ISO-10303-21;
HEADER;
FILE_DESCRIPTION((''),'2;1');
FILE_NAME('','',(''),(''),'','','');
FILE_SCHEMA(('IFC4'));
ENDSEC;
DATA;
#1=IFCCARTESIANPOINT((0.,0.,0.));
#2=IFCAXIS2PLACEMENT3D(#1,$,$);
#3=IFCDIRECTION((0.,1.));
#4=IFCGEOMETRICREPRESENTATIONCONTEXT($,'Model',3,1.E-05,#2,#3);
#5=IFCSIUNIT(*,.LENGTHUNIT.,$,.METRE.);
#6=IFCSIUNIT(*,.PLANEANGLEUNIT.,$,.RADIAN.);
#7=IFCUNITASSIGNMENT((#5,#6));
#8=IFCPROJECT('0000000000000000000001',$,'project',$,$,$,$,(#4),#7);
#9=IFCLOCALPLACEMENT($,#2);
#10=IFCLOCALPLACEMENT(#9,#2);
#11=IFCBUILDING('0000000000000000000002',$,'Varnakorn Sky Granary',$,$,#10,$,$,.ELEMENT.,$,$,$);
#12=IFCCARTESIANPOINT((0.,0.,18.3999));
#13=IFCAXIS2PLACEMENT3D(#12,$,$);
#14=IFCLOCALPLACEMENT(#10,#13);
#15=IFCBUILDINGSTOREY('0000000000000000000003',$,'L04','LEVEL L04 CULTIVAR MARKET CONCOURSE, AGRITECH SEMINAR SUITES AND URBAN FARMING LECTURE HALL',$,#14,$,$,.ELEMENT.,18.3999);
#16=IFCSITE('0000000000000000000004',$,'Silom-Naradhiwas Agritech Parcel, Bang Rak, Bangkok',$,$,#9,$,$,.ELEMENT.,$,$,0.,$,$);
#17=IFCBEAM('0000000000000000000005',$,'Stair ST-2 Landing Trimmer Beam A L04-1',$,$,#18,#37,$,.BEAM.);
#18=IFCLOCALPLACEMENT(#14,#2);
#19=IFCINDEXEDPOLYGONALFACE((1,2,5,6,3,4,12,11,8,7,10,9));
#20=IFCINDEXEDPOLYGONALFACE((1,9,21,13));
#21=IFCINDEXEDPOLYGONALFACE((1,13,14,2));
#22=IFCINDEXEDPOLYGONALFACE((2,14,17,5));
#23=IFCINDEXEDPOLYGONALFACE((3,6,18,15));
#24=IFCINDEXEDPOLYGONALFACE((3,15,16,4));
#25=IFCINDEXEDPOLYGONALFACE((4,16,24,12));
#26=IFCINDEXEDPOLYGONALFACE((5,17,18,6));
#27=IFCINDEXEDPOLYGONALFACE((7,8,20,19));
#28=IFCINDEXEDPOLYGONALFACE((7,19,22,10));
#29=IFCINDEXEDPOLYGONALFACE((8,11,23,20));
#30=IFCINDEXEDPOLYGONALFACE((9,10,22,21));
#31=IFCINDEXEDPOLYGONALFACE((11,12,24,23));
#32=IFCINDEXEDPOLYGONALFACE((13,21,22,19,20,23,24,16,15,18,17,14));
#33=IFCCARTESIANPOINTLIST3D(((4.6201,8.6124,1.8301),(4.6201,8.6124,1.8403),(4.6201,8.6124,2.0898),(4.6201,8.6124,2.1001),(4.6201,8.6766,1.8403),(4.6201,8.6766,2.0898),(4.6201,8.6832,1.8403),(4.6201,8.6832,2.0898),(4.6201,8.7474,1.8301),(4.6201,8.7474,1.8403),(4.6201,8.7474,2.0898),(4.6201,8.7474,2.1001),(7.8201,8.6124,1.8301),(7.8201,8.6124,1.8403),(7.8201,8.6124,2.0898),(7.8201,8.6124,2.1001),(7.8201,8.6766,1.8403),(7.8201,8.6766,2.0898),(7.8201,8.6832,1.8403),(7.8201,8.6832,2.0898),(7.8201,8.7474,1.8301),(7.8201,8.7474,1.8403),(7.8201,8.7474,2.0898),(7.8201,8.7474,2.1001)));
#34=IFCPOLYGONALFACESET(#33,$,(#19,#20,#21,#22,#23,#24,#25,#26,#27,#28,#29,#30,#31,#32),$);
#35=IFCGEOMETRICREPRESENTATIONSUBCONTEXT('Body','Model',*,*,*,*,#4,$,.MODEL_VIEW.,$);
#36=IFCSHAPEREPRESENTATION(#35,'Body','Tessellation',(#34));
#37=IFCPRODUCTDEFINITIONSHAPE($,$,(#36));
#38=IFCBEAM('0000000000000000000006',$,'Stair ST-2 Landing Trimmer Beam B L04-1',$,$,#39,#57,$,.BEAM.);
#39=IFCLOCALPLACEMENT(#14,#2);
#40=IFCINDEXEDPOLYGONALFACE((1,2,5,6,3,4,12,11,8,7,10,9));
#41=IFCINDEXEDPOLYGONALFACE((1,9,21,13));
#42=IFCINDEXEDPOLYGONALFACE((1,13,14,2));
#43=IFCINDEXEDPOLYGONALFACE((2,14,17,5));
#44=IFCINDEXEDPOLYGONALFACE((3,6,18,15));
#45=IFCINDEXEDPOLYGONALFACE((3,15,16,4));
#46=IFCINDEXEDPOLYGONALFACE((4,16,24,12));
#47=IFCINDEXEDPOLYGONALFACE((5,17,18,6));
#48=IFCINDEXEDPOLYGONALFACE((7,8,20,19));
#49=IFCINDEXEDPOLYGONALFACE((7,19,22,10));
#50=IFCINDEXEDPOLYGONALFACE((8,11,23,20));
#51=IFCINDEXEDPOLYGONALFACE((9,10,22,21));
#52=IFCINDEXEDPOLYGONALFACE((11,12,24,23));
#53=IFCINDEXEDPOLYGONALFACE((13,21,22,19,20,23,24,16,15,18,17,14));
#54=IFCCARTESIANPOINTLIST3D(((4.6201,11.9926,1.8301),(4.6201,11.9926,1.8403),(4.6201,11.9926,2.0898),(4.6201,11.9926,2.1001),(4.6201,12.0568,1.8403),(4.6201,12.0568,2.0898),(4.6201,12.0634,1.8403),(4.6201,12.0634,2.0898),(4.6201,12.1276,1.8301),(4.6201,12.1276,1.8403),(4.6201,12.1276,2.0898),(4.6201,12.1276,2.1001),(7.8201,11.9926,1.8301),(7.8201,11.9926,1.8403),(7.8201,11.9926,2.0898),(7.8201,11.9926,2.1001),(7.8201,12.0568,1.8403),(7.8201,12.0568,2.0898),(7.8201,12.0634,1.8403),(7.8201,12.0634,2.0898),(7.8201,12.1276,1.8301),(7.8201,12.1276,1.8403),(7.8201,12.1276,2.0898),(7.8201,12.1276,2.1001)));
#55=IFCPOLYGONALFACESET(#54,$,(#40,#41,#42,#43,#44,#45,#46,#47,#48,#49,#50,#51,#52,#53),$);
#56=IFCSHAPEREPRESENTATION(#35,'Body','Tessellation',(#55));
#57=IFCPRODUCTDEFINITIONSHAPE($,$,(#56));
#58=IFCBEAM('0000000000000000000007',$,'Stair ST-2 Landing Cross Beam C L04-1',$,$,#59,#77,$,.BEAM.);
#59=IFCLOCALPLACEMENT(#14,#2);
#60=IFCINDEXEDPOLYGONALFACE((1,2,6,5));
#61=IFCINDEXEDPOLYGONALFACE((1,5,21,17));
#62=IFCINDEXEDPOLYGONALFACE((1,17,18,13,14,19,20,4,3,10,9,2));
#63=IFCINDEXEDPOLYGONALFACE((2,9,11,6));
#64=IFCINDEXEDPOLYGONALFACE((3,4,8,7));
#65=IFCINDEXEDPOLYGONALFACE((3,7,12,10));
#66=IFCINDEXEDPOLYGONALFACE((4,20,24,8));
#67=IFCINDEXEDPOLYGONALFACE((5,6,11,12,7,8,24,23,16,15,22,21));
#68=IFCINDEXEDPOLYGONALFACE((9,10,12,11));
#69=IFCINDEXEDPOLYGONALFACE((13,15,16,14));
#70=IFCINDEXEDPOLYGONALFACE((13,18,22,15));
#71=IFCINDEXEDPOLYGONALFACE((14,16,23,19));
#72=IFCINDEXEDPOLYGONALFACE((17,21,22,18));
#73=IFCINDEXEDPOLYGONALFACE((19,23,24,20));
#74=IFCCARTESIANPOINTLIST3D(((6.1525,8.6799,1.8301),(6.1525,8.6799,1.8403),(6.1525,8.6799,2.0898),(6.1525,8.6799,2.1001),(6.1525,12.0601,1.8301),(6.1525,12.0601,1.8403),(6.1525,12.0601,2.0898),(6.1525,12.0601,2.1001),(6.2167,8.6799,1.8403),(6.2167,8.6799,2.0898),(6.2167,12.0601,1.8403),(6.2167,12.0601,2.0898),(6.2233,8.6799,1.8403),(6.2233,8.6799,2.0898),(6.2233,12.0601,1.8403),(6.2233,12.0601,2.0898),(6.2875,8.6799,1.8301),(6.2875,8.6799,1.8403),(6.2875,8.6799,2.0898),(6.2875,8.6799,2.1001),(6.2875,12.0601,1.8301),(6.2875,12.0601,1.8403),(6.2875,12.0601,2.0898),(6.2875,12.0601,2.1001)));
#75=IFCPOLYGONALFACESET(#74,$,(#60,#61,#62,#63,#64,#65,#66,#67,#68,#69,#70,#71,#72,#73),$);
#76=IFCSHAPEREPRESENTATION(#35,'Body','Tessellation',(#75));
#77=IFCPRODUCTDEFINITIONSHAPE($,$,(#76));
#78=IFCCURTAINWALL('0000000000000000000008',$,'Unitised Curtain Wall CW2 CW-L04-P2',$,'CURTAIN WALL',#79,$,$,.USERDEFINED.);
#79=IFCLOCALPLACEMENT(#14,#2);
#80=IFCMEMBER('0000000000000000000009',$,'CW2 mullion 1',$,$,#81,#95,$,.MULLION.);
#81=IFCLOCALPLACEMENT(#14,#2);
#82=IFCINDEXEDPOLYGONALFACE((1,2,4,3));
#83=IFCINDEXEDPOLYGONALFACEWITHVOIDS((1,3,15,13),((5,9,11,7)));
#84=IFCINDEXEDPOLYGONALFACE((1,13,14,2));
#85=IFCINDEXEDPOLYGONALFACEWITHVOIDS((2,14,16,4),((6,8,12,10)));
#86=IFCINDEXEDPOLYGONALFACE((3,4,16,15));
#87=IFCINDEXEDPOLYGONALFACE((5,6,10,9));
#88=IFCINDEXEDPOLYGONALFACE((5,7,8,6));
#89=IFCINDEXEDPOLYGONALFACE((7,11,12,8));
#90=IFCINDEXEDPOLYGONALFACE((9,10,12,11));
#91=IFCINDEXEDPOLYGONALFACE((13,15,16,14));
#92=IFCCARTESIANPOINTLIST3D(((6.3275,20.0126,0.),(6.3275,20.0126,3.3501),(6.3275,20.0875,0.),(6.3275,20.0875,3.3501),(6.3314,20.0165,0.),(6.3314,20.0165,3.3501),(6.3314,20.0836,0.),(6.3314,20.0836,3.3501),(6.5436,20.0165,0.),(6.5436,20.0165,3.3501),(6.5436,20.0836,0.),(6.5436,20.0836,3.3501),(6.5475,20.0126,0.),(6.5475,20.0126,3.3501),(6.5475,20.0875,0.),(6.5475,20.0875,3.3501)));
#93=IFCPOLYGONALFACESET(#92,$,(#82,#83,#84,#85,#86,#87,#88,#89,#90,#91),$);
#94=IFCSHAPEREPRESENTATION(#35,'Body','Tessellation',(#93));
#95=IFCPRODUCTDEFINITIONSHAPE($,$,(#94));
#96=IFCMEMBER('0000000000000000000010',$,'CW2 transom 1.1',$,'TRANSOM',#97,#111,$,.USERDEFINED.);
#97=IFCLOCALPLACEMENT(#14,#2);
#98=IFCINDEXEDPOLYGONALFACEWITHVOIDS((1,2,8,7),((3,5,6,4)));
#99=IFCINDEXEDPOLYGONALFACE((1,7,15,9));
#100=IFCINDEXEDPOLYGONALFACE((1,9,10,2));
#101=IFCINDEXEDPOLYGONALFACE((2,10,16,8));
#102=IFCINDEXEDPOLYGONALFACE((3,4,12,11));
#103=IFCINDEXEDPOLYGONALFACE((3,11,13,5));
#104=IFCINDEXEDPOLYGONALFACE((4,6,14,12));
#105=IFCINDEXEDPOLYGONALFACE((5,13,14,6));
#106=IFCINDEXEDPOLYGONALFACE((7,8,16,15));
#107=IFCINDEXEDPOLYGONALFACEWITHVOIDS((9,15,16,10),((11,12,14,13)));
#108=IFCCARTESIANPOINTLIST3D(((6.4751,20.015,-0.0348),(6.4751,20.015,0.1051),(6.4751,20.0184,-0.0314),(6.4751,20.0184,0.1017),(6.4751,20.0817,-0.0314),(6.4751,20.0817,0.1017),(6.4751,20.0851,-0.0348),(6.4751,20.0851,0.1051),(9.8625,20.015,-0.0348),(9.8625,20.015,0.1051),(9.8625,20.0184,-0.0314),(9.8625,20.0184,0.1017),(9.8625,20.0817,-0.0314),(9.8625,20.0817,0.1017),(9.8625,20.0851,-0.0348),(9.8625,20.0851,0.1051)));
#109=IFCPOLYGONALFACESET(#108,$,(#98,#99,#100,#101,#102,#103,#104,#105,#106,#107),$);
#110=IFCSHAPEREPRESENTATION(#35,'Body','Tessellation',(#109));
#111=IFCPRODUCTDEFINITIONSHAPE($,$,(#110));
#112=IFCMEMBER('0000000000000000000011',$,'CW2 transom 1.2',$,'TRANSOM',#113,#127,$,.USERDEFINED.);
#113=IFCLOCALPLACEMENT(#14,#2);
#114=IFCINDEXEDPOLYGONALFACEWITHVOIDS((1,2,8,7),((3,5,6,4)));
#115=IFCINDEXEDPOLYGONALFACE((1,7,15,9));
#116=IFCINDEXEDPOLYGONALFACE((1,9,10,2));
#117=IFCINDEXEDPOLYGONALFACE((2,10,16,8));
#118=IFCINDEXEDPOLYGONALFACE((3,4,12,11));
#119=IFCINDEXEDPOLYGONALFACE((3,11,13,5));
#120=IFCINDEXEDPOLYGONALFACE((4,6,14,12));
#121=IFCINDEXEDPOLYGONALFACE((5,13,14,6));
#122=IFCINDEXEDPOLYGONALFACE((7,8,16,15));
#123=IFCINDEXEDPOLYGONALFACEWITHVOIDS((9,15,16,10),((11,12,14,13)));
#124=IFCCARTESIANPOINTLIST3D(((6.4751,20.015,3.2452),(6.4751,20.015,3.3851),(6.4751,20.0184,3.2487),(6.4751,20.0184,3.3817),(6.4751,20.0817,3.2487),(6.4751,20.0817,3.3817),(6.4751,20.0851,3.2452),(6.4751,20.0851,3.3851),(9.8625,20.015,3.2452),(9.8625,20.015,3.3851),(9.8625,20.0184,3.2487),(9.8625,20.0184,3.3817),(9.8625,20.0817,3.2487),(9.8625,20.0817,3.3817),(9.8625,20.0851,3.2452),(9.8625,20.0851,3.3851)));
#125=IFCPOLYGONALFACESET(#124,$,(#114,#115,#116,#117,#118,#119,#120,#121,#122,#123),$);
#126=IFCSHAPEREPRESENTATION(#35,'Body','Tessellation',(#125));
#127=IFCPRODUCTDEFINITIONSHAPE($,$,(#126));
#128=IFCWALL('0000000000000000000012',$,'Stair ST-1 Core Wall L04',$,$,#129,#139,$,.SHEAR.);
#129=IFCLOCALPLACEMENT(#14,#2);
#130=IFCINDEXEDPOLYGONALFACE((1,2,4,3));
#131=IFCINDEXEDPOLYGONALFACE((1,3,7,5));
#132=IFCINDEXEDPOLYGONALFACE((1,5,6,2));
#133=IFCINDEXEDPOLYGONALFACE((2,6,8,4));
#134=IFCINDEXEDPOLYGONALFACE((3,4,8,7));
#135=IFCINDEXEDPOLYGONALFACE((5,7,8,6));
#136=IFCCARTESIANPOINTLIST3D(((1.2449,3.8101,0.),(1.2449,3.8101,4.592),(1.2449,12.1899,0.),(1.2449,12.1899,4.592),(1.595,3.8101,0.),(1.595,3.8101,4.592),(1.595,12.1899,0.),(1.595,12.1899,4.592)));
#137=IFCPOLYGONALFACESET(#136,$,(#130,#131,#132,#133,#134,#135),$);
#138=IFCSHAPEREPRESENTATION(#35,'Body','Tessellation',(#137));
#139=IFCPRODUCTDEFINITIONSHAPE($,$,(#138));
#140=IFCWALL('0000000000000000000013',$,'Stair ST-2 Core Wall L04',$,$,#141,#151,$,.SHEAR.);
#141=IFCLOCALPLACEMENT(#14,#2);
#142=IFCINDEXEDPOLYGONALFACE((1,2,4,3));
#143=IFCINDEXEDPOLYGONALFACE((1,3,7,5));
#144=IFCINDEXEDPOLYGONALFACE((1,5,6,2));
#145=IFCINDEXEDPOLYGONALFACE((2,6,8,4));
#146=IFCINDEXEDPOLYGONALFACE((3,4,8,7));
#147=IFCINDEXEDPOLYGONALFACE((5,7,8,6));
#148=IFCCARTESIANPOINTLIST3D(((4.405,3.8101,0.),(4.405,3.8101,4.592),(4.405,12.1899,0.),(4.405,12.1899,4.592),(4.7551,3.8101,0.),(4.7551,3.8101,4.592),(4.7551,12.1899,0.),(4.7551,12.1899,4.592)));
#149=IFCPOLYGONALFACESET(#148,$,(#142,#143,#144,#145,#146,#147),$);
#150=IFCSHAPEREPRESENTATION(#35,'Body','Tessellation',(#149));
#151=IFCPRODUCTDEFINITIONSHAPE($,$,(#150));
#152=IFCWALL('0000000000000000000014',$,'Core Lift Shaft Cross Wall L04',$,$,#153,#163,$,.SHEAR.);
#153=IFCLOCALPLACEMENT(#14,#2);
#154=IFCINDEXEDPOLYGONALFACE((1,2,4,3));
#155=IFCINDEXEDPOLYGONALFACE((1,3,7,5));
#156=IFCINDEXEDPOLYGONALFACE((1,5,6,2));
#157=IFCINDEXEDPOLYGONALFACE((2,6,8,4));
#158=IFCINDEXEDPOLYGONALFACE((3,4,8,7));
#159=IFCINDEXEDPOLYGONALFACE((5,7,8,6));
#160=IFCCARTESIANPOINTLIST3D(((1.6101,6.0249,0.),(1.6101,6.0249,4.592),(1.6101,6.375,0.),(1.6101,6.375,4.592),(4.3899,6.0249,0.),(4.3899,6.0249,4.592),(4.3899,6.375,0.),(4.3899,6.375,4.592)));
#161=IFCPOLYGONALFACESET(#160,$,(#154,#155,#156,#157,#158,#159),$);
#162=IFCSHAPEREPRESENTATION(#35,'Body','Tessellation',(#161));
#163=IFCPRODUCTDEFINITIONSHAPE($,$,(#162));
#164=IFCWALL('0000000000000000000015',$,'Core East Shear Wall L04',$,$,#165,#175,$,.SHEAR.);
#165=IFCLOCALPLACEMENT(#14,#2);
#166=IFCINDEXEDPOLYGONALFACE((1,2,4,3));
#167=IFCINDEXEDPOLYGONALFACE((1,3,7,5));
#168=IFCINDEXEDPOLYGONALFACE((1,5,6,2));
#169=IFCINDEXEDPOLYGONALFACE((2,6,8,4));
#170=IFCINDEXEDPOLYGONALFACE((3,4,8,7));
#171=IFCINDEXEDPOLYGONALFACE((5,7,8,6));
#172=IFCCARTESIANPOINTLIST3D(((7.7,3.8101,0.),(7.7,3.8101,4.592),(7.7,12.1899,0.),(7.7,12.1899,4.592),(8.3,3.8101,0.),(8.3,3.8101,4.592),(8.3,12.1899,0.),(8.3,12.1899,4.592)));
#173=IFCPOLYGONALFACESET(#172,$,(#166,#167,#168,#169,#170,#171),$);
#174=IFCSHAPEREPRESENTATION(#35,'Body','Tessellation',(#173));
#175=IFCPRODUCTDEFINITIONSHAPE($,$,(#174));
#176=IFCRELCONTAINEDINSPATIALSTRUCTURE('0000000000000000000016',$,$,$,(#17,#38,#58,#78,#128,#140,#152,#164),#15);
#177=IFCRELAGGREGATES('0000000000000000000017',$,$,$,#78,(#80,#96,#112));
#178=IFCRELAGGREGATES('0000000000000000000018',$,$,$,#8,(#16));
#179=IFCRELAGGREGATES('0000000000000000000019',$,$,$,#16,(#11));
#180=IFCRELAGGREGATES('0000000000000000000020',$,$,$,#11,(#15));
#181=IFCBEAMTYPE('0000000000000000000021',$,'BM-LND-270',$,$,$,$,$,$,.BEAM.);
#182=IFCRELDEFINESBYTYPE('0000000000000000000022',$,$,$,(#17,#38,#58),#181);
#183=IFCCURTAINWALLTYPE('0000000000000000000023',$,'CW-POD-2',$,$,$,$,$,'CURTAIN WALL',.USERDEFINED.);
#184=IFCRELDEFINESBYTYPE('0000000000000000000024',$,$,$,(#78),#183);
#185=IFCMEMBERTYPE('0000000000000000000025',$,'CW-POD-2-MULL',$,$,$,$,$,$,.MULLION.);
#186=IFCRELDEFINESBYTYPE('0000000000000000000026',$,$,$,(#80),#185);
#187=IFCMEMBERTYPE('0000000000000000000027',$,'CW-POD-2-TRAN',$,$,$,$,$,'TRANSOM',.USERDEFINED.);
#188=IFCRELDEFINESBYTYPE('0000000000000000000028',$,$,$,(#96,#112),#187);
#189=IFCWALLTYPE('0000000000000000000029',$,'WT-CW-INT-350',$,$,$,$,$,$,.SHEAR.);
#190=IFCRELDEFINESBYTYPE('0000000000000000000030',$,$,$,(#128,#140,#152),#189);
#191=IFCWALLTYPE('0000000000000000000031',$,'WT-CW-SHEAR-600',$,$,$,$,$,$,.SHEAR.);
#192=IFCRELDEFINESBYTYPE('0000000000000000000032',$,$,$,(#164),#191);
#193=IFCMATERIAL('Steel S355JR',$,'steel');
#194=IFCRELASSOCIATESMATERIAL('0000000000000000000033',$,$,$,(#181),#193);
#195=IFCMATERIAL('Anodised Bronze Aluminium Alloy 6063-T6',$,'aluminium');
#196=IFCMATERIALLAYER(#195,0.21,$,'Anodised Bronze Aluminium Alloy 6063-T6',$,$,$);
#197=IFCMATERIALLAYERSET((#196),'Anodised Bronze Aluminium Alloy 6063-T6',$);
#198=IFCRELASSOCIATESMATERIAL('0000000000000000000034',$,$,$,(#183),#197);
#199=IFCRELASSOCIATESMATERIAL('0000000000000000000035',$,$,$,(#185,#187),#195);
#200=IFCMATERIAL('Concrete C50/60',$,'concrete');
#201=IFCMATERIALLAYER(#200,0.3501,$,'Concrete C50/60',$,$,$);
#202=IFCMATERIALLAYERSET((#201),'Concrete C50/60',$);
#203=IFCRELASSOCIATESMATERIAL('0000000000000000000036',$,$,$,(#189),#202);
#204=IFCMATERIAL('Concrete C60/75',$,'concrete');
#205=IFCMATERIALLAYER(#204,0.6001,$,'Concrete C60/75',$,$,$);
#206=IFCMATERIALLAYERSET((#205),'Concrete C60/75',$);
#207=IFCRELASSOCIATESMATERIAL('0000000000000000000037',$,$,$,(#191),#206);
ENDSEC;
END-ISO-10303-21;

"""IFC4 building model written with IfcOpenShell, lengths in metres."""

from ifc_helpers import new_model, si_unit, direction, frame, frame_2d, origin, origin_2d, place, context, subcontext, project, spatial, rectangle, hollow_rectangle, i_section, extrude, material, layer, layer_set, material_profile, profile_set, type_object, element, aggregate, save


model = new_model("IFC4")

# Units and contexts
model_context = context("Model", 3, precision=1e-05, world=origin(), true_north=direction((0.0, 1.0)))
body_context = subcontext(model_context, "Body", "Model", "MODEL_VIEW")
ifc_project = project(units=[si_unit("LENGTHUNIT", "METRE"), si_unit("PLANEANGLEUNIT", "RADIAN")], contexts=[model_context])

# Site, building, storey
site_placement = place(None, origin())
site = spatial("IfcSite", under=ifc_project, at=site_placement, Name="Silom-Naradhiwas Agritech Parcel, Bang Rak, Bangkok", CompositionType="ELEMENT", RefElevation=0.0)
building_placement = place(site_placement, origin())
building = spatial("IfcBuilding", under=site, at=building_placement, Name="Varnakorn Sky Granary", CompositionType="ELEMENT")
storey_placement = place(building_placement, frame((0.0, 0.0, 18.3999)))
storey = spatial("IfcBuildingStorey", under=building, at=storey_placement, Name="L04", Description="LEVEL L04 CULTIVAR MARKET CONCOURSE, AGRITECH SEMINAR SUITES AND URBAN FARMING LECTURE HALL", CompositionType="ELEMENT", Elevation=18.3999)

# Beams
ifc_material_1 = material(Name="Steel S355JR", Category="steel")
ifc_material_profile_1 = material_profile(ifc_material_1, i_section(OverallWidth=0.135, OverallDepth=0.27, WebThickness=0.0066, FlangeThickness=0.0103, at=origin_2d()), Name="IPE 270")
ifc_profile_set_1 = profile_set([ifc_material_profile_1], Name="Steel S355JR")
beam_type = type_object("IfcBeamType", Name="BM-LND-270", PredefinedType="BEAM", material=ifc_profile_set_1)
for number, where, z_axis, x_axis, name in (
    (1, (4.6201, 8.6799, 1.9651), (1.0, 0.0, 0.0), (0.0, 1.0, 0.0), "Stair ST-2 Landing Trimmer Beam A L04-1"),
    (2, (4.6201, 12.0601, 1.9651), (1.0, 0.0, 0.0), (0.0, 1.0, 0.0), "Stair ST-2 Landing Trimmer Beam B L04-1"),
):
    element("IfcBeam", number, at=place(storey_placement, frame(where, z_axis=z_axis, x_axis=x_axis)), inside=storey, type_object=beam_type, Name=name, PredefinedType="BEAM", context=body_context, shape_type="SweptSolid", body=[
        extrude(i_section(OverallWidth=0.135, OverallDepth=0.27, WebThickness=0.0066, FlangeThickness=0.0103, at=origin_2d()), origin(), (0.0, 0.0, 1.0), 3.2),
    ])
beam_placement = place(storey_placement, frame((6.22, 8.6799, 1.9651), z_axis=(0.0, 1.0, 0.0), x_axis=(-1.0, 0.0, 0.0)))
element("IfcBeam", 3, at=beam_placement, inside=storey, type_object=beam_type, Name="Stair ST-2 Landing Cross Beam C L04-1", PredefinedType="BEAM", context=body_context, shape_type="SweptSolid", body=[
    extrude(i_section(OverallWidth=0.135, OverallDepth=0.27, WebThickness=0.0066, FlangeThickness=0.0103, at=origin_2d()), origin(), (0.0, 0.0, 1.0), 3.3801),
])

# Curtain wall, members
ifc_material_2 = material(Name="Anodised Bronze Aluminium Alloy 6063-T6", Category="aluminium")
ifc_layer_1 = layer(ifc_material_2, 0.21, Name="Anodised Bronze Aluminium Alloy 6063-T6")
ifc_layer_set_1 = layer_set([ifc_layer_1], Name="Anodised Bronze Aluminium Alloy 6063-T6")
curtain_wall_type = type_object("IfcCurtainWallType", Name="CW-POD-2", ElementType="CURTAIN WALL", PredefinedType="USERDEFINED", material=ifc_layer_set_1)
curtain_wall_placement = place(storey_placement, origin())
curtain_wall = element("IfcCurtainWall", 4, at=curtain_wall_placement, inside=storey, type_object=curtain_wall_type, Name="Unitised Curtain Wall CW2 CW-L04-P2", ObjectType="CURTAIN WALL", PredefinedType="USERDEFINED")
ifc_material_profile_2 = material_profile(ifc_material_2, hollow_rectangle(XDim=0.075, YDim=0.22, WallThickness=0.0039, at=origin_2d()), Name="ALU MULL 75x220")
ifc_profile_set_2 = profile_set([ifc_material_profile_2], Name="Anodised Bronze Aluminium Alloy 6063-T6")
member_type_1 = type_object("IfcMemberType", Name="CW-POD-2-MULL", PredefinedType="MULLION", material=ifc_profile_set_2)
member_1_placement = place(storey_placement, frame((6.4375, 20.05, 0.0), z_axis=(0.0, 0.0, 1.0), x_axis=(0.0, 1.0, 0.0)))
member_1 = element("IfcMember", 5, at=member_1_placement, type_object=member_type_1, Name="CW2 mullion 1", PredefinedType="MULLION", context=body_context, shape_type="SweptSolid", body=[
    extrude(hollow_rectangle(XDim=0.075, YDim=0.22, WallThickness=0.0039, at=origin_2d()), origin(), (0.0, 0.0, 1.0), 3.3501),
])
ifc_material_profile_3 = material_profile(ifc_material_2, hollow_rectangle(XDim=0.0701, YDim=0.1399, WallThickness=0.0034, at=origin_2d()), Name="ALU TRAN 70x140")
ifc_profile_set_3 = profile_set([ifc_material_profile_3], Name="Anodised Bronze Aluminium Alloy 6063-T6")
member_type_2 = type_object("IfcMemberType", Name="CW-POD-2-TRAN", ElementType="TRANSOM", PredefinedType="USERDEFINED", material=ifc_profile_set_3)
member_2_placement = place(storey_placement, frame((6.4751, 20.05, 0.0352), z_axis=(1.0, 0.0, 0.0), x_axis=(0.0, 1.0, 0.0)))
member_2 = element("IfcMember", 6, at=member_2_placement, type_object=member_type_2, Name="CW2 transom 1.1", ObjectType="TRANSOM", PredefinedType="USERDEFINED", context=body_context, shape_type="SweptSolid", body=[
    extrude(hollow_rectangle(XDim=0.0701, YDim=0.1399, WallThickness=0.0034, at=origin_2d()), origin(), (0.0, 0.0, 1.0), 3.3875),
])
member_3_placement = place(storey_placement, frame((6.4751, 20.05, 3.3152), z_axis=(1.0, 0.0, 0.0), x_axis=(0.0, 1.0, 0.0)))
member_3 = element("IfcMember", 7, at=member_3_placement, type_object=member_type_2, Name="CW2 transom 1.2", ObjectType="TRANSOM", PredefinedType="USERDEFINED", context=body_context, shape_type="SweptSolid", body=[
    extrude(hollow_rectangle(XDim=0.0701, YDim=0.1399, WallThickness=0.0034, at=origin_2d()), origin(), (0.0, 0.0, 1.0), 3.3875),
])
aggregate(curtain_wall, [member_1, member_2, member_3])

# Walls
ifc_material_3 = material(Name="Concrete C50/60", Category="concrete")
ifc_layer_2 = layer(ifc_material_3, 0.3501, Name="Concrete C50/60")
ifc_layer_set_2 = layer_set([ifc_layer_2], Name="Concrete C50/60")
wall_type_1 = type_object("IfcWallType", Name="WT-CW-INT-350", PredefinedType="SHEAR", material=ifc_layer_set_2)
for number, where, z_axis, x_axis, name in (
    (8, (1.4199, 3.8101, 0.0), (0.0, 0.0, 1.0), (0.0, 1.0, 0.0), "Stair ST-1 Core Wall L04"),
    (9, (4.5801, 3.8101, 0.0), (0.0, 0.0, 1.0), (0.0, 1.0, 0.0), "Stair ST-2 Core Wall L04"),
):
    element("IfcWall", number, at=place(storey_placement, frame(where, z_axis=z_axis, x_axis=x_axis)), inside=storey, type_object=wall_type_1, Name=name, PredefinedType="SHEAR", context=body_context, shape_type="SweptSolid", body=[
        extrude(rectangle(XDim=8.3799, YDim=0.3501, at=frame_2d((4.1899, 0.0))), origin(), (0.0, 0.0, 1.0), 4.592),
    ])
wall_1_placement = place(storey_placement, frame((1.6101, 6.2, 0.0), z_axis=(0.0, 0.0, 1.0), x_axis=(1.0, 0.0, 0.0)))
element("IfcWall", 10, at=wall_1_placement, inside=storey, type_object=wall_type_1, Name="Core Lift Shaft Cross Wall L04", PredefinedType="SHEAR", context=body_context, shape_type="SweptSolid", body=[
    extrude(rectangle(XDim=2.7798, YDim=0.3501, at=frame_2d((1.3899, 0.0))), origin(), (0.0, 0.0, 1.0), 4.592),
])
ifc_material_4 = material(Name="Concrete C60/75", Category="concrete")
ifc_layer_3 = layer(ifc_material_4, 0.6001, Name="Concrete C60/75")
ifc_layer_set_3 = layer_set([ifc_layer_3], Name="Concrete C60/75")
wall_type_2 = type_object("IfcWallType", Name="WT-CW-SHEAR-600", PredefinedType="SHEAR", material=ifc_layer_set_3)
wall_2_placement = place(storey_placement, frame((8.0, 3.8101, 0.0), z_axis=(0.0, 0.0, 1.0), x_axis=(0.0, 1.0, 0.0)))
element("IfcWall", 11, at=wall_2_placement, inside=storey, type_object=wall_type_2, Name="Core East Shear Wall L04", PredefinedType="SHEAR", context=body_context, shape_type="SweptSolid", body=[
    extrude(rectangle(XDim=8.3799, YDim=0.6001, at=frame_2d((4.1899, 0.0))), origin(), (0.0, 0.0, 1.0), 4.592),
])

save(model, "model.ifc")
